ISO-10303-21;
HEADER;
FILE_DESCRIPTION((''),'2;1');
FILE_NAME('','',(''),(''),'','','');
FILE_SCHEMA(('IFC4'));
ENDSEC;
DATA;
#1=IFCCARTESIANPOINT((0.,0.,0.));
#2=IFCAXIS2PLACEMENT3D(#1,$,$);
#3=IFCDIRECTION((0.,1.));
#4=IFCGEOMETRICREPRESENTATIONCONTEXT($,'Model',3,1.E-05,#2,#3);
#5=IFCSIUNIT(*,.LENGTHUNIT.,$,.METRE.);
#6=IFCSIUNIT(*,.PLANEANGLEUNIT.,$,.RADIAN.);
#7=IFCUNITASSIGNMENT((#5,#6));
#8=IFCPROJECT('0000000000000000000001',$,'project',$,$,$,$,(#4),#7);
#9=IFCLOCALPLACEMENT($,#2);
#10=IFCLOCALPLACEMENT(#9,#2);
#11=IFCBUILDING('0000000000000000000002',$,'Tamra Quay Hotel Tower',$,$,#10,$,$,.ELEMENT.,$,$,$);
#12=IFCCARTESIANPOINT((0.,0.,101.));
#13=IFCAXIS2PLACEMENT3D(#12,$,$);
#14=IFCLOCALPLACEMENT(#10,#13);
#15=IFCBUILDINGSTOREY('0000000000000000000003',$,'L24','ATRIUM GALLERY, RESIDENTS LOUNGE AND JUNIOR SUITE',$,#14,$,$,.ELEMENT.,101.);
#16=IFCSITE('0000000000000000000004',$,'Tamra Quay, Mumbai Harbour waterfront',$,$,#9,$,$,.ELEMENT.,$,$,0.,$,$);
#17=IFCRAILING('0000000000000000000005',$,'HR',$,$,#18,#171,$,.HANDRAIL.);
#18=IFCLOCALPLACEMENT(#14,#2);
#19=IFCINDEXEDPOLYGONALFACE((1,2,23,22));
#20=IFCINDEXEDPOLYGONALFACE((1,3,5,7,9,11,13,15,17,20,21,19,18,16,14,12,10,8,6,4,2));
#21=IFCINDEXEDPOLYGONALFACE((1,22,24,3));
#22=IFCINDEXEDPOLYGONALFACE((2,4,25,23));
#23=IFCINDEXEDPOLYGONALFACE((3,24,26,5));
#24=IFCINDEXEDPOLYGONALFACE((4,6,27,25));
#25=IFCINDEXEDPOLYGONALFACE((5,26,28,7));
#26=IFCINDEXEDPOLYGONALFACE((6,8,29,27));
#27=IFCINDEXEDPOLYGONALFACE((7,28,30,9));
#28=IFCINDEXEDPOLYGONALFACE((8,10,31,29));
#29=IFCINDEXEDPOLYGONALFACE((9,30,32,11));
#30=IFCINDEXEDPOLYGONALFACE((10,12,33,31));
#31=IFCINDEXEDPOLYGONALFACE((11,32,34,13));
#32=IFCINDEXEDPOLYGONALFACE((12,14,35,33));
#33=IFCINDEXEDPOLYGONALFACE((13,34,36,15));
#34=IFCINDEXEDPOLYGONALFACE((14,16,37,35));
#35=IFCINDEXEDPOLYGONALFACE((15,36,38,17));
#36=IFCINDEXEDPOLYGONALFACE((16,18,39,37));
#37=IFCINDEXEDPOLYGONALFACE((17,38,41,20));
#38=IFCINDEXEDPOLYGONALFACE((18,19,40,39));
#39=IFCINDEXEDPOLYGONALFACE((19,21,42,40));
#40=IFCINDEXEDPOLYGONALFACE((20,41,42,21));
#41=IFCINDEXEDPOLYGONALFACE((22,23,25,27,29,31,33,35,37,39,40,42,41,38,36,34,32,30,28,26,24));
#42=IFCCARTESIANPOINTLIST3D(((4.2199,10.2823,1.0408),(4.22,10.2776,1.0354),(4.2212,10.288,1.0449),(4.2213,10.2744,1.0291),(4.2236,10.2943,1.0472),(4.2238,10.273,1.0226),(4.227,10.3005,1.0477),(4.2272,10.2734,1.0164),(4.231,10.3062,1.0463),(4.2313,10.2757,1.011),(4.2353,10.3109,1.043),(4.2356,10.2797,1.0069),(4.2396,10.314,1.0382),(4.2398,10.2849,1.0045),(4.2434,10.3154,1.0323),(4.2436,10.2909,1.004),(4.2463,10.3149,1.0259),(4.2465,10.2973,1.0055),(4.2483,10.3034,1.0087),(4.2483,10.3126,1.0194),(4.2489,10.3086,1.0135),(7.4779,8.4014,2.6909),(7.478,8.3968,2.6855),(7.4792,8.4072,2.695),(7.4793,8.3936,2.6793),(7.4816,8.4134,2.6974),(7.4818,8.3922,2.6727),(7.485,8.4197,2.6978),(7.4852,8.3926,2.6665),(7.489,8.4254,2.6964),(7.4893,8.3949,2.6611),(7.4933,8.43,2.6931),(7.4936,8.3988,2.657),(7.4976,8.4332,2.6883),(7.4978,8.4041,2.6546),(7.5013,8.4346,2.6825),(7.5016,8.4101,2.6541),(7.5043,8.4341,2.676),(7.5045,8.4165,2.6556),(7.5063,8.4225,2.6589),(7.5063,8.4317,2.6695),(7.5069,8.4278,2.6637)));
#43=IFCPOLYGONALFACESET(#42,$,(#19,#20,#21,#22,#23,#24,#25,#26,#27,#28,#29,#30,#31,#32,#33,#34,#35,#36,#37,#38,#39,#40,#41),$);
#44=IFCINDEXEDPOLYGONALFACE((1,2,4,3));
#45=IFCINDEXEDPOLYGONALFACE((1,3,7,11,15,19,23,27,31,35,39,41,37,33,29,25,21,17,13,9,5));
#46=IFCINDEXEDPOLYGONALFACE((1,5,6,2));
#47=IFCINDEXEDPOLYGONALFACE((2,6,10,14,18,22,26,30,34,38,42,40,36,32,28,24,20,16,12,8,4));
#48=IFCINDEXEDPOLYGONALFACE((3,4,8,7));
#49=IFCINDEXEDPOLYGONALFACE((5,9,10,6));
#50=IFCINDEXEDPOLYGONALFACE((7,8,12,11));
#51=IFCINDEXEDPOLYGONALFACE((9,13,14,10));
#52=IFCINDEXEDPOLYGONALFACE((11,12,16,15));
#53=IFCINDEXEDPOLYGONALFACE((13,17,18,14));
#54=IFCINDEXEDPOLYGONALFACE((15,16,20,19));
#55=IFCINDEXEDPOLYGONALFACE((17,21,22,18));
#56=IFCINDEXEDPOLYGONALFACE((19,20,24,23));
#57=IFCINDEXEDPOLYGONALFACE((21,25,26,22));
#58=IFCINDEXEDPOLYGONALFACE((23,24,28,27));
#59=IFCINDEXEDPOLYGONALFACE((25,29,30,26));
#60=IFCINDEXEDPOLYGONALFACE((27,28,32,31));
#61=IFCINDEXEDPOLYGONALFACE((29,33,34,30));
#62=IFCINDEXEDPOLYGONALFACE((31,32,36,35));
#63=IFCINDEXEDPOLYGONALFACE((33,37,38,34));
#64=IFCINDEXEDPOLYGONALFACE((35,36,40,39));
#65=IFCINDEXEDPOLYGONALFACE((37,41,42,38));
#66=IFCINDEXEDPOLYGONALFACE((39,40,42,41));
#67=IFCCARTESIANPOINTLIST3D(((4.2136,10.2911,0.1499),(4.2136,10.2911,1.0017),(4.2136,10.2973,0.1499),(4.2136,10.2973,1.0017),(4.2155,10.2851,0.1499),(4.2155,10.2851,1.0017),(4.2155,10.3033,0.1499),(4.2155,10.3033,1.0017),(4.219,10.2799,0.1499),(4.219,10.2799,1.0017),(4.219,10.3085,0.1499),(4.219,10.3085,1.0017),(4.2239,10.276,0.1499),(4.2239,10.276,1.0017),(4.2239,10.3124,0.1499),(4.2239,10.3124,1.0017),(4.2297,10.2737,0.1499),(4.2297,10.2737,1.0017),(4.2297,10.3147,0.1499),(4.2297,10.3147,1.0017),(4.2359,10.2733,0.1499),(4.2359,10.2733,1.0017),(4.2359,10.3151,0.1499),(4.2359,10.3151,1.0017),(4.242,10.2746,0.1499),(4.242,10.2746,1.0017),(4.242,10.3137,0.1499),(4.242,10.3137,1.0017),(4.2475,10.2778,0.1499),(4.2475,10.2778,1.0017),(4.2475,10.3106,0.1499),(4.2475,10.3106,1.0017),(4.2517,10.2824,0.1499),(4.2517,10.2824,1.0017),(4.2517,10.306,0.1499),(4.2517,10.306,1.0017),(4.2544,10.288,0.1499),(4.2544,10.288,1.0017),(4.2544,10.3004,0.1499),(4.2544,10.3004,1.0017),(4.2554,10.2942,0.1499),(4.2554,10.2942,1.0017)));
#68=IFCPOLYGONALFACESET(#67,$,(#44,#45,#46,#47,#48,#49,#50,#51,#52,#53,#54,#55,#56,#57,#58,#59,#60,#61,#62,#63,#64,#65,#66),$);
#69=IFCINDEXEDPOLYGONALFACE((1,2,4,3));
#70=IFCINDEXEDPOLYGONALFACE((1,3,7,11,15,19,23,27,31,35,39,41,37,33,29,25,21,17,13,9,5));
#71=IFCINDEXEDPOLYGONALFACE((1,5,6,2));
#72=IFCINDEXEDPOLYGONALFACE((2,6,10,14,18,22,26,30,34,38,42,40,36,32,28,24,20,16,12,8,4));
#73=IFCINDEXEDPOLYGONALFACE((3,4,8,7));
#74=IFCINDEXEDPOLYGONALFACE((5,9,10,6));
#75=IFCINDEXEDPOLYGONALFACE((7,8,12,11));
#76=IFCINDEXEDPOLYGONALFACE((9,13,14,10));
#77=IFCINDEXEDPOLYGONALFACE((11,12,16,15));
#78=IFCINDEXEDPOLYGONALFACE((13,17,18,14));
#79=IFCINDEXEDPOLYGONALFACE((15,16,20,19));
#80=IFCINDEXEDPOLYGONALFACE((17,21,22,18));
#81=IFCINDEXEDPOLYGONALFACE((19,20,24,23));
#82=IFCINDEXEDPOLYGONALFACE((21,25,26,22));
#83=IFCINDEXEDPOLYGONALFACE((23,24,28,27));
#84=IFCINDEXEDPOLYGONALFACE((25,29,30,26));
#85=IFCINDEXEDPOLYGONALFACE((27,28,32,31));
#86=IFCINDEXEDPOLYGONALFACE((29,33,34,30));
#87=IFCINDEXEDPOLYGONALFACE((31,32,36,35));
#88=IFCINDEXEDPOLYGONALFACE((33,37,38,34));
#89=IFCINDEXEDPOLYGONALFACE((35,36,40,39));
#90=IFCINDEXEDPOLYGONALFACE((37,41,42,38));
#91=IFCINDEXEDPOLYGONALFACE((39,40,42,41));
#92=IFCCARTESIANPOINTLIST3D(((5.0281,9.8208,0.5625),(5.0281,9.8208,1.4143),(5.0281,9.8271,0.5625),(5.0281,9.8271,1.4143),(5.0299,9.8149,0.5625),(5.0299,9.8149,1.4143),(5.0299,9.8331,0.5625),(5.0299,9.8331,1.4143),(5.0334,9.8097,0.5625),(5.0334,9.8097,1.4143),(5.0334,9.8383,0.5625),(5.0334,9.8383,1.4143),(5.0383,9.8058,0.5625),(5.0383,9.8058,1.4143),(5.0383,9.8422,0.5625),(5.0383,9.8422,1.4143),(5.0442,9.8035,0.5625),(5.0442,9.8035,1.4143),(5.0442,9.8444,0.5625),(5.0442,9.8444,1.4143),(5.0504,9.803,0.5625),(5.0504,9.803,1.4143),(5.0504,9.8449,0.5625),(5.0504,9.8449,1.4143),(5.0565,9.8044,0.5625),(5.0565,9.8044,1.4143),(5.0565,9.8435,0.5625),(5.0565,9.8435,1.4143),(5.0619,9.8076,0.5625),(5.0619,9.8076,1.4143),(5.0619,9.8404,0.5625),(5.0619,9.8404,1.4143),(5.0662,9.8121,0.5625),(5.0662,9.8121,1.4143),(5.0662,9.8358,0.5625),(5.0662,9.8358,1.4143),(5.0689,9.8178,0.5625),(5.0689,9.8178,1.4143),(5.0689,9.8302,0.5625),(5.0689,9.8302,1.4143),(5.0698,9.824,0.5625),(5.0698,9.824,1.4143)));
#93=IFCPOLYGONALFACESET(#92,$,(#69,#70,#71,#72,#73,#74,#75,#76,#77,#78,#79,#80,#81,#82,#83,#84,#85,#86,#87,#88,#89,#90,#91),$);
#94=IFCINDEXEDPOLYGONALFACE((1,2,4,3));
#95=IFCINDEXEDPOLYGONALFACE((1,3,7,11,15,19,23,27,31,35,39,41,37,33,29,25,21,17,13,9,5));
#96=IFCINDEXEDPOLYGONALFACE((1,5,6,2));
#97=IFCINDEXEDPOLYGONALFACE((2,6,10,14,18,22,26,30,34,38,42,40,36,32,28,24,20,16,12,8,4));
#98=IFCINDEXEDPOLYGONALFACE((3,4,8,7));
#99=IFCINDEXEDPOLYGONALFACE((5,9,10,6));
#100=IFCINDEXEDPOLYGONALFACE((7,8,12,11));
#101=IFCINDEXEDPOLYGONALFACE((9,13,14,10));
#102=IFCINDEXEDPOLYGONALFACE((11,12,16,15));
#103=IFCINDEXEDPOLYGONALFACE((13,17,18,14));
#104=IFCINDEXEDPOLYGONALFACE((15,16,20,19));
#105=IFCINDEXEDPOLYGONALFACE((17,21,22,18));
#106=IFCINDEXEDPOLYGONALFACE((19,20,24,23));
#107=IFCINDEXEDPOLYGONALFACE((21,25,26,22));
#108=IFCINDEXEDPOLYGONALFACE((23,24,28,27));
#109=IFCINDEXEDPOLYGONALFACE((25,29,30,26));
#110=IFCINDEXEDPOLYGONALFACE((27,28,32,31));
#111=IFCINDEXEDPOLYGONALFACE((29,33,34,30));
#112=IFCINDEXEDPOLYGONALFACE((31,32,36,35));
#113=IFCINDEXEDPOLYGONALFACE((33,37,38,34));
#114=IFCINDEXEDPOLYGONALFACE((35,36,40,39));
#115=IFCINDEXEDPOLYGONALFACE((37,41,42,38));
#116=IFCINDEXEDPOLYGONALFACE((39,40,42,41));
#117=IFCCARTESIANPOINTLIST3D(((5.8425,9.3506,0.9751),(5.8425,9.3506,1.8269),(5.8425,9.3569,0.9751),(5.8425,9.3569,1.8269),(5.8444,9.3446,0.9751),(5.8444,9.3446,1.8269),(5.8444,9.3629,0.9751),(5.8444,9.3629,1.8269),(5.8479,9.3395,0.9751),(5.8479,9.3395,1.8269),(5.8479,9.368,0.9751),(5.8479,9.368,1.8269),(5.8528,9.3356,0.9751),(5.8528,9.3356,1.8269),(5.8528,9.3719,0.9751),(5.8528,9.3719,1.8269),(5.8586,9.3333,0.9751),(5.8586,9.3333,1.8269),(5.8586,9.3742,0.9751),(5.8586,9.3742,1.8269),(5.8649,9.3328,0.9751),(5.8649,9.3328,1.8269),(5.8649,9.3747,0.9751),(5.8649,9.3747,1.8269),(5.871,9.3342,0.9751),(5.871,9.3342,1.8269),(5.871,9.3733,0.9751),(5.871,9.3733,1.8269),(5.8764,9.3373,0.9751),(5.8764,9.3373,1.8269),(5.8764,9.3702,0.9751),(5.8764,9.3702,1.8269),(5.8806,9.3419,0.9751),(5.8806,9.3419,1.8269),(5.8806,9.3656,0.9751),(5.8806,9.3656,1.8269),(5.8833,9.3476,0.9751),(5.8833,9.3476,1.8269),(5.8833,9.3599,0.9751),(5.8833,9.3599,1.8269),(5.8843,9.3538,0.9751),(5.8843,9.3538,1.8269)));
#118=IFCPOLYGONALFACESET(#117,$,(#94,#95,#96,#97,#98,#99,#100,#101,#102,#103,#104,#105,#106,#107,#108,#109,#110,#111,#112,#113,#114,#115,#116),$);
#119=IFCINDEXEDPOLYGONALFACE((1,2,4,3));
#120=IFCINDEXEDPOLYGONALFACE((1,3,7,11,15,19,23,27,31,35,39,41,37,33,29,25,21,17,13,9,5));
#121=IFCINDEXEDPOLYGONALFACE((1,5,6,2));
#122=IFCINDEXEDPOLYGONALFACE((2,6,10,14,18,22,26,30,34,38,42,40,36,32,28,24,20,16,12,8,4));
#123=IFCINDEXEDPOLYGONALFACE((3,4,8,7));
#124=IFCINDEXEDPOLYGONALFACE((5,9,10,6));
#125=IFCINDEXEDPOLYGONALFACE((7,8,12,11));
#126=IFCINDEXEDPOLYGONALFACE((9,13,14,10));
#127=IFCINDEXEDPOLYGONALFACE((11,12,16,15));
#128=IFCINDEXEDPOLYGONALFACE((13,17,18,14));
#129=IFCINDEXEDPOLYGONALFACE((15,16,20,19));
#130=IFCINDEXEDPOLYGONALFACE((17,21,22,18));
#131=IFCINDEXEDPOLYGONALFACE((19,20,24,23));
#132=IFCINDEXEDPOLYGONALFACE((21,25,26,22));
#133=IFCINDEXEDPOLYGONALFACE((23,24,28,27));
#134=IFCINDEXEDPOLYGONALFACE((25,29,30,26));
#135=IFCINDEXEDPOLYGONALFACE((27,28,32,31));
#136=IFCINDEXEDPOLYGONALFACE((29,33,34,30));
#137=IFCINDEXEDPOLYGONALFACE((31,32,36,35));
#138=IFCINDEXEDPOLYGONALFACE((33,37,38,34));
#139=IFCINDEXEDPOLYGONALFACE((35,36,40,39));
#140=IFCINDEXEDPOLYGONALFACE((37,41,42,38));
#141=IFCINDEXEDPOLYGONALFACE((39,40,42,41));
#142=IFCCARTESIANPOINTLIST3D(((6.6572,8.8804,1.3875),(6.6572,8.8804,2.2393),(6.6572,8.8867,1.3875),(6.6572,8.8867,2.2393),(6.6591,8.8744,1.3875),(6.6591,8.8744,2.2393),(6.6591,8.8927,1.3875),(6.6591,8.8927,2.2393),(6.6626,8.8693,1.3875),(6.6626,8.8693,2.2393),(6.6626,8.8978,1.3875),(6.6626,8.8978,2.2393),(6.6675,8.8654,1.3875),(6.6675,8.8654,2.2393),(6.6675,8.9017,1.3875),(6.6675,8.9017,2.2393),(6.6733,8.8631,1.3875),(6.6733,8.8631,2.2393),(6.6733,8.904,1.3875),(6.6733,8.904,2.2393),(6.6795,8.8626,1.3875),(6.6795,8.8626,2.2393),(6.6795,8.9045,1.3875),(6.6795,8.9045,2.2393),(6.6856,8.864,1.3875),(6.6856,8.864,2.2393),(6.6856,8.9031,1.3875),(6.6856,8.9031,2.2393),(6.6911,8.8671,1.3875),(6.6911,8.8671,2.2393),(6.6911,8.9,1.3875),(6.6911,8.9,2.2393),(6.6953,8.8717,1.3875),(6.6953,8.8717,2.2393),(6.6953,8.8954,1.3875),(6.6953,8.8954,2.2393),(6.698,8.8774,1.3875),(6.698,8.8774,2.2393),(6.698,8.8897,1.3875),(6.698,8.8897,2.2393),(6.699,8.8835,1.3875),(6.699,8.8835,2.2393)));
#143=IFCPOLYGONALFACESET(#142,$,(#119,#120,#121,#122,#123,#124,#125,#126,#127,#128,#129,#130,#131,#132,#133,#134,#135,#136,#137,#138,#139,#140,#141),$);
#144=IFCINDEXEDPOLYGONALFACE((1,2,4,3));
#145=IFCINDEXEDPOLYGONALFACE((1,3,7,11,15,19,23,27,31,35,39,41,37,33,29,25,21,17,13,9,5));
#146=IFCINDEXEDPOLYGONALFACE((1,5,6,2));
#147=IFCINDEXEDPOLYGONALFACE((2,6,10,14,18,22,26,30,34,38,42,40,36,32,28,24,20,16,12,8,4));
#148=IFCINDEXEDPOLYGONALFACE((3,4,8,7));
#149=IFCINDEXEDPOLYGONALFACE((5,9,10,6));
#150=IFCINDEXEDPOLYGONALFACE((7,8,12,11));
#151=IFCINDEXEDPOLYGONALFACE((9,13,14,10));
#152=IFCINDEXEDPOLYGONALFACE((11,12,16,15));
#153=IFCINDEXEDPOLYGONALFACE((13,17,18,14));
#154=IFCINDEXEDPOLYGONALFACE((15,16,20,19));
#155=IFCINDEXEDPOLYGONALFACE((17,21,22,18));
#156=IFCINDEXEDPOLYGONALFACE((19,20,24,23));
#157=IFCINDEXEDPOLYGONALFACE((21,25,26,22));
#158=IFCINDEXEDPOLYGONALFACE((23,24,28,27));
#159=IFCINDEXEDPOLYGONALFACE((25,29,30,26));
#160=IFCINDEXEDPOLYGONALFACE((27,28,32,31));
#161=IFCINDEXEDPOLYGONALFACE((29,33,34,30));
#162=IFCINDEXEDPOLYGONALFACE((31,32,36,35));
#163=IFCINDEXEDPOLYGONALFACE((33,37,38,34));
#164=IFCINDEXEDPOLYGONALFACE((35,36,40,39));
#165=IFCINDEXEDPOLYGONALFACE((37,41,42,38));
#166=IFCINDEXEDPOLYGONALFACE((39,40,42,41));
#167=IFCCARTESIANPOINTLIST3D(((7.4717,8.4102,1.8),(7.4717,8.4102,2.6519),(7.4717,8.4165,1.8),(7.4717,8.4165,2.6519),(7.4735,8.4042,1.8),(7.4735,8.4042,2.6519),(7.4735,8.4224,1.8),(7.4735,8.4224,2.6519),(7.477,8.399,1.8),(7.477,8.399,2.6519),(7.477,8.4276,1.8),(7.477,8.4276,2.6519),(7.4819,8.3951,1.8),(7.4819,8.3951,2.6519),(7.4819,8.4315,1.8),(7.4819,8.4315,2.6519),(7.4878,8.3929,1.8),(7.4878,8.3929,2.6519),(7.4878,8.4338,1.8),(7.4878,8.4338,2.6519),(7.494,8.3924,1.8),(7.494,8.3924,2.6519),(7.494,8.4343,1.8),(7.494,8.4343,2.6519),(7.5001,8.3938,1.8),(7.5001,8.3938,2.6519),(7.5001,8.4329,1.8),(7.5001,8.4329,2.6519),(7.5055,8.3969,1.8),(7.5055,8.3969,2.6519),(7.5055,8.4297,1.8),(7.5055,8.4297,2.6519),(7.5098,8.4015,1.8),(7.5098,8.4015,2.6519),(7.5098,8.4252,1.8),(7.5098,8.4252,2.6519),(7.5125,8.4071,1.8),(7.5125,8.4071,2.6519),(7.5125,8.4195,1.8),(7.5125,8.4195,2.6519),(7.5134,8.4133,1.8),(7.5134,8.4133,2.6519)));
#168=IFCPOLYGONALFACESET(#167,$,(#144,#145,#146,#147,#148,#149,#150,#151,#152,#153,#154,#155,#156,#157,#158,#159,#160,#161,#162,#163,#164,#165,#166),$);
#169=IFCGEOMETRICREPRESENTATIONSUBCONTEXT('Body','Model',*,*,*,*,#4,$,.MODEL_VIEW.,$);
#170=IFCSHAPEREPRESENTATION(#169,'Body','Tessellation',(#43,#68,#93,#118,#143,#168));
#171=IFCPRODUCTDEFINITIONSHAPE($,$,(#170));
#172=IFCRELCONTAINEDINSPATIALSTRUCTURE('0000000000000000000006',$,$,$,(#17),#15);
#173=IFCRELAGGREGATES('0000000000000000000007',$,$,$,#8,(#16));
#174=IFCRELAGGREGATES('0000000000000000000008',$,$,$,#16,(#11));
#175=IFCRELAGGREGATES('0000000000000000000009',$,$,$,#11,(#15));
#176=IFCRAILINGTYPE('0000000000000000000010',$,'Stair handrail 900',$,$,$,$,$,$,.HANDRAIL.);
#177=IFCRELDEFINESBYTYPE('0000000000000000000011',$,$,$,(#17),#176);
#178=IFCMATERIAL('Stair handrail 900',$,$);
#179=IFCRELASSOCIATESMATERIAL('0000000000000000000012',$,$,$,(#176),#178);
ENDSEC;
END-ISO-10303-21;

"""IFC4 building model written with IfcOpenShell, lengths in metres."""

from ifc_helpers import new_model, si_unit, direction, frame, origin, origin_2d, place, context, subcontext, project, spatial, circle, extrude, material, type_object, element, save


model = new_model("IFC4")

# Units and contexts
model_context = context("Model", 3, precision=1e-05, world=origin(), true_north=direction((0.0, 1.0)))
body_context = subcontext(model_context, "Body", "Model", "MODEL_VIEW")
ifc_project = project(units=[si_unit("LENGTHUNIT", "METRE"), si_unit("PLANEANGLEUNIT", "RADIAN")], contexts=[model_context])

# Site, building, storey
site_placement = place(None, origin())
site = spatial("IfcSite", under=ifc_project, at=site_placement, Name="Tamra Quay, Mumbai Harbour waterfront", CompositionType="ELEMENT", RefElevation=0.0)
building_placement = place(site_placement, origin())
building = spatial("IfcBuilding", under=site, at=building_placement, Name="Tamra Quay Hotel Tower", CompositionType="ELEMENT")
storey_placement = place(building_placement, frame((0.0, 0.0, 101.0)))
storey = spatial("IfcBuildingStorey", under=building, at=storey_placement, Name="L24", Description="ATRIUM GALLERY, RESIDENTS LOUNGE AND JUNIOR SUITE", CompositionType="ELEMENT", Elevation=101.0)

# Railing
ifc_material_1 = material(Name="Stair handrail 900")
railing_type_1 = type_object("IfcRailingType", Name="Stair handrail 900", PredefinedType="HANDRAIL", material=ifc_material_1)
railing_1_placement = place(storey_placement, frame((4.2344, 10.2942, 0.1499)))
element("IfcRailing", 1, at=railing_1_placement, inside=storey, type_object=railing_type_1, Name="HR", PredefinedType="HANDRAIL", context=body_context, shape_type="SweptSolid", body=[
    extrude(circle(Radius=0.0239, at=origin_2d()), frame((0.0, 0.0, 0.876), z_axis=(0.793103, -0.457854, 0.401692), x_axis=(0.499964, 0.866046, 0.0)), (0.0, 0.0, 1.0), 4.1079),
    extrude(circle(Radius=0.021, at=origin_2d()), origin(), (0.0, 0.0, 1.0), 0.8518),
    extrude(circle(Radius=0.021, at=origin_2d()), frame((0.8145, -0.4702, 0.4126)), (0.0, 0.0, 1.0), 0.8518),
    extrude(circle(Radius=0.021, at=origin_2d()), frame((1.6289, -0.9404, 0.8252)), (0.0, 0.0, 1.0), 0.8518),
    extrude(circle(Radius=0.021, at=origin_2d()), frame((2.4436, -1.4106, 1.2375)), (0.0, 0.0, 1.0), 0.8518),
    extrude(circle(Radius=0.021, at=origin_2d()), frame((3.2581, -1.8809, 1.6501)), (0.0, 0.0, 1.0), 0.8518),
])

save(model, "model.ifc")
